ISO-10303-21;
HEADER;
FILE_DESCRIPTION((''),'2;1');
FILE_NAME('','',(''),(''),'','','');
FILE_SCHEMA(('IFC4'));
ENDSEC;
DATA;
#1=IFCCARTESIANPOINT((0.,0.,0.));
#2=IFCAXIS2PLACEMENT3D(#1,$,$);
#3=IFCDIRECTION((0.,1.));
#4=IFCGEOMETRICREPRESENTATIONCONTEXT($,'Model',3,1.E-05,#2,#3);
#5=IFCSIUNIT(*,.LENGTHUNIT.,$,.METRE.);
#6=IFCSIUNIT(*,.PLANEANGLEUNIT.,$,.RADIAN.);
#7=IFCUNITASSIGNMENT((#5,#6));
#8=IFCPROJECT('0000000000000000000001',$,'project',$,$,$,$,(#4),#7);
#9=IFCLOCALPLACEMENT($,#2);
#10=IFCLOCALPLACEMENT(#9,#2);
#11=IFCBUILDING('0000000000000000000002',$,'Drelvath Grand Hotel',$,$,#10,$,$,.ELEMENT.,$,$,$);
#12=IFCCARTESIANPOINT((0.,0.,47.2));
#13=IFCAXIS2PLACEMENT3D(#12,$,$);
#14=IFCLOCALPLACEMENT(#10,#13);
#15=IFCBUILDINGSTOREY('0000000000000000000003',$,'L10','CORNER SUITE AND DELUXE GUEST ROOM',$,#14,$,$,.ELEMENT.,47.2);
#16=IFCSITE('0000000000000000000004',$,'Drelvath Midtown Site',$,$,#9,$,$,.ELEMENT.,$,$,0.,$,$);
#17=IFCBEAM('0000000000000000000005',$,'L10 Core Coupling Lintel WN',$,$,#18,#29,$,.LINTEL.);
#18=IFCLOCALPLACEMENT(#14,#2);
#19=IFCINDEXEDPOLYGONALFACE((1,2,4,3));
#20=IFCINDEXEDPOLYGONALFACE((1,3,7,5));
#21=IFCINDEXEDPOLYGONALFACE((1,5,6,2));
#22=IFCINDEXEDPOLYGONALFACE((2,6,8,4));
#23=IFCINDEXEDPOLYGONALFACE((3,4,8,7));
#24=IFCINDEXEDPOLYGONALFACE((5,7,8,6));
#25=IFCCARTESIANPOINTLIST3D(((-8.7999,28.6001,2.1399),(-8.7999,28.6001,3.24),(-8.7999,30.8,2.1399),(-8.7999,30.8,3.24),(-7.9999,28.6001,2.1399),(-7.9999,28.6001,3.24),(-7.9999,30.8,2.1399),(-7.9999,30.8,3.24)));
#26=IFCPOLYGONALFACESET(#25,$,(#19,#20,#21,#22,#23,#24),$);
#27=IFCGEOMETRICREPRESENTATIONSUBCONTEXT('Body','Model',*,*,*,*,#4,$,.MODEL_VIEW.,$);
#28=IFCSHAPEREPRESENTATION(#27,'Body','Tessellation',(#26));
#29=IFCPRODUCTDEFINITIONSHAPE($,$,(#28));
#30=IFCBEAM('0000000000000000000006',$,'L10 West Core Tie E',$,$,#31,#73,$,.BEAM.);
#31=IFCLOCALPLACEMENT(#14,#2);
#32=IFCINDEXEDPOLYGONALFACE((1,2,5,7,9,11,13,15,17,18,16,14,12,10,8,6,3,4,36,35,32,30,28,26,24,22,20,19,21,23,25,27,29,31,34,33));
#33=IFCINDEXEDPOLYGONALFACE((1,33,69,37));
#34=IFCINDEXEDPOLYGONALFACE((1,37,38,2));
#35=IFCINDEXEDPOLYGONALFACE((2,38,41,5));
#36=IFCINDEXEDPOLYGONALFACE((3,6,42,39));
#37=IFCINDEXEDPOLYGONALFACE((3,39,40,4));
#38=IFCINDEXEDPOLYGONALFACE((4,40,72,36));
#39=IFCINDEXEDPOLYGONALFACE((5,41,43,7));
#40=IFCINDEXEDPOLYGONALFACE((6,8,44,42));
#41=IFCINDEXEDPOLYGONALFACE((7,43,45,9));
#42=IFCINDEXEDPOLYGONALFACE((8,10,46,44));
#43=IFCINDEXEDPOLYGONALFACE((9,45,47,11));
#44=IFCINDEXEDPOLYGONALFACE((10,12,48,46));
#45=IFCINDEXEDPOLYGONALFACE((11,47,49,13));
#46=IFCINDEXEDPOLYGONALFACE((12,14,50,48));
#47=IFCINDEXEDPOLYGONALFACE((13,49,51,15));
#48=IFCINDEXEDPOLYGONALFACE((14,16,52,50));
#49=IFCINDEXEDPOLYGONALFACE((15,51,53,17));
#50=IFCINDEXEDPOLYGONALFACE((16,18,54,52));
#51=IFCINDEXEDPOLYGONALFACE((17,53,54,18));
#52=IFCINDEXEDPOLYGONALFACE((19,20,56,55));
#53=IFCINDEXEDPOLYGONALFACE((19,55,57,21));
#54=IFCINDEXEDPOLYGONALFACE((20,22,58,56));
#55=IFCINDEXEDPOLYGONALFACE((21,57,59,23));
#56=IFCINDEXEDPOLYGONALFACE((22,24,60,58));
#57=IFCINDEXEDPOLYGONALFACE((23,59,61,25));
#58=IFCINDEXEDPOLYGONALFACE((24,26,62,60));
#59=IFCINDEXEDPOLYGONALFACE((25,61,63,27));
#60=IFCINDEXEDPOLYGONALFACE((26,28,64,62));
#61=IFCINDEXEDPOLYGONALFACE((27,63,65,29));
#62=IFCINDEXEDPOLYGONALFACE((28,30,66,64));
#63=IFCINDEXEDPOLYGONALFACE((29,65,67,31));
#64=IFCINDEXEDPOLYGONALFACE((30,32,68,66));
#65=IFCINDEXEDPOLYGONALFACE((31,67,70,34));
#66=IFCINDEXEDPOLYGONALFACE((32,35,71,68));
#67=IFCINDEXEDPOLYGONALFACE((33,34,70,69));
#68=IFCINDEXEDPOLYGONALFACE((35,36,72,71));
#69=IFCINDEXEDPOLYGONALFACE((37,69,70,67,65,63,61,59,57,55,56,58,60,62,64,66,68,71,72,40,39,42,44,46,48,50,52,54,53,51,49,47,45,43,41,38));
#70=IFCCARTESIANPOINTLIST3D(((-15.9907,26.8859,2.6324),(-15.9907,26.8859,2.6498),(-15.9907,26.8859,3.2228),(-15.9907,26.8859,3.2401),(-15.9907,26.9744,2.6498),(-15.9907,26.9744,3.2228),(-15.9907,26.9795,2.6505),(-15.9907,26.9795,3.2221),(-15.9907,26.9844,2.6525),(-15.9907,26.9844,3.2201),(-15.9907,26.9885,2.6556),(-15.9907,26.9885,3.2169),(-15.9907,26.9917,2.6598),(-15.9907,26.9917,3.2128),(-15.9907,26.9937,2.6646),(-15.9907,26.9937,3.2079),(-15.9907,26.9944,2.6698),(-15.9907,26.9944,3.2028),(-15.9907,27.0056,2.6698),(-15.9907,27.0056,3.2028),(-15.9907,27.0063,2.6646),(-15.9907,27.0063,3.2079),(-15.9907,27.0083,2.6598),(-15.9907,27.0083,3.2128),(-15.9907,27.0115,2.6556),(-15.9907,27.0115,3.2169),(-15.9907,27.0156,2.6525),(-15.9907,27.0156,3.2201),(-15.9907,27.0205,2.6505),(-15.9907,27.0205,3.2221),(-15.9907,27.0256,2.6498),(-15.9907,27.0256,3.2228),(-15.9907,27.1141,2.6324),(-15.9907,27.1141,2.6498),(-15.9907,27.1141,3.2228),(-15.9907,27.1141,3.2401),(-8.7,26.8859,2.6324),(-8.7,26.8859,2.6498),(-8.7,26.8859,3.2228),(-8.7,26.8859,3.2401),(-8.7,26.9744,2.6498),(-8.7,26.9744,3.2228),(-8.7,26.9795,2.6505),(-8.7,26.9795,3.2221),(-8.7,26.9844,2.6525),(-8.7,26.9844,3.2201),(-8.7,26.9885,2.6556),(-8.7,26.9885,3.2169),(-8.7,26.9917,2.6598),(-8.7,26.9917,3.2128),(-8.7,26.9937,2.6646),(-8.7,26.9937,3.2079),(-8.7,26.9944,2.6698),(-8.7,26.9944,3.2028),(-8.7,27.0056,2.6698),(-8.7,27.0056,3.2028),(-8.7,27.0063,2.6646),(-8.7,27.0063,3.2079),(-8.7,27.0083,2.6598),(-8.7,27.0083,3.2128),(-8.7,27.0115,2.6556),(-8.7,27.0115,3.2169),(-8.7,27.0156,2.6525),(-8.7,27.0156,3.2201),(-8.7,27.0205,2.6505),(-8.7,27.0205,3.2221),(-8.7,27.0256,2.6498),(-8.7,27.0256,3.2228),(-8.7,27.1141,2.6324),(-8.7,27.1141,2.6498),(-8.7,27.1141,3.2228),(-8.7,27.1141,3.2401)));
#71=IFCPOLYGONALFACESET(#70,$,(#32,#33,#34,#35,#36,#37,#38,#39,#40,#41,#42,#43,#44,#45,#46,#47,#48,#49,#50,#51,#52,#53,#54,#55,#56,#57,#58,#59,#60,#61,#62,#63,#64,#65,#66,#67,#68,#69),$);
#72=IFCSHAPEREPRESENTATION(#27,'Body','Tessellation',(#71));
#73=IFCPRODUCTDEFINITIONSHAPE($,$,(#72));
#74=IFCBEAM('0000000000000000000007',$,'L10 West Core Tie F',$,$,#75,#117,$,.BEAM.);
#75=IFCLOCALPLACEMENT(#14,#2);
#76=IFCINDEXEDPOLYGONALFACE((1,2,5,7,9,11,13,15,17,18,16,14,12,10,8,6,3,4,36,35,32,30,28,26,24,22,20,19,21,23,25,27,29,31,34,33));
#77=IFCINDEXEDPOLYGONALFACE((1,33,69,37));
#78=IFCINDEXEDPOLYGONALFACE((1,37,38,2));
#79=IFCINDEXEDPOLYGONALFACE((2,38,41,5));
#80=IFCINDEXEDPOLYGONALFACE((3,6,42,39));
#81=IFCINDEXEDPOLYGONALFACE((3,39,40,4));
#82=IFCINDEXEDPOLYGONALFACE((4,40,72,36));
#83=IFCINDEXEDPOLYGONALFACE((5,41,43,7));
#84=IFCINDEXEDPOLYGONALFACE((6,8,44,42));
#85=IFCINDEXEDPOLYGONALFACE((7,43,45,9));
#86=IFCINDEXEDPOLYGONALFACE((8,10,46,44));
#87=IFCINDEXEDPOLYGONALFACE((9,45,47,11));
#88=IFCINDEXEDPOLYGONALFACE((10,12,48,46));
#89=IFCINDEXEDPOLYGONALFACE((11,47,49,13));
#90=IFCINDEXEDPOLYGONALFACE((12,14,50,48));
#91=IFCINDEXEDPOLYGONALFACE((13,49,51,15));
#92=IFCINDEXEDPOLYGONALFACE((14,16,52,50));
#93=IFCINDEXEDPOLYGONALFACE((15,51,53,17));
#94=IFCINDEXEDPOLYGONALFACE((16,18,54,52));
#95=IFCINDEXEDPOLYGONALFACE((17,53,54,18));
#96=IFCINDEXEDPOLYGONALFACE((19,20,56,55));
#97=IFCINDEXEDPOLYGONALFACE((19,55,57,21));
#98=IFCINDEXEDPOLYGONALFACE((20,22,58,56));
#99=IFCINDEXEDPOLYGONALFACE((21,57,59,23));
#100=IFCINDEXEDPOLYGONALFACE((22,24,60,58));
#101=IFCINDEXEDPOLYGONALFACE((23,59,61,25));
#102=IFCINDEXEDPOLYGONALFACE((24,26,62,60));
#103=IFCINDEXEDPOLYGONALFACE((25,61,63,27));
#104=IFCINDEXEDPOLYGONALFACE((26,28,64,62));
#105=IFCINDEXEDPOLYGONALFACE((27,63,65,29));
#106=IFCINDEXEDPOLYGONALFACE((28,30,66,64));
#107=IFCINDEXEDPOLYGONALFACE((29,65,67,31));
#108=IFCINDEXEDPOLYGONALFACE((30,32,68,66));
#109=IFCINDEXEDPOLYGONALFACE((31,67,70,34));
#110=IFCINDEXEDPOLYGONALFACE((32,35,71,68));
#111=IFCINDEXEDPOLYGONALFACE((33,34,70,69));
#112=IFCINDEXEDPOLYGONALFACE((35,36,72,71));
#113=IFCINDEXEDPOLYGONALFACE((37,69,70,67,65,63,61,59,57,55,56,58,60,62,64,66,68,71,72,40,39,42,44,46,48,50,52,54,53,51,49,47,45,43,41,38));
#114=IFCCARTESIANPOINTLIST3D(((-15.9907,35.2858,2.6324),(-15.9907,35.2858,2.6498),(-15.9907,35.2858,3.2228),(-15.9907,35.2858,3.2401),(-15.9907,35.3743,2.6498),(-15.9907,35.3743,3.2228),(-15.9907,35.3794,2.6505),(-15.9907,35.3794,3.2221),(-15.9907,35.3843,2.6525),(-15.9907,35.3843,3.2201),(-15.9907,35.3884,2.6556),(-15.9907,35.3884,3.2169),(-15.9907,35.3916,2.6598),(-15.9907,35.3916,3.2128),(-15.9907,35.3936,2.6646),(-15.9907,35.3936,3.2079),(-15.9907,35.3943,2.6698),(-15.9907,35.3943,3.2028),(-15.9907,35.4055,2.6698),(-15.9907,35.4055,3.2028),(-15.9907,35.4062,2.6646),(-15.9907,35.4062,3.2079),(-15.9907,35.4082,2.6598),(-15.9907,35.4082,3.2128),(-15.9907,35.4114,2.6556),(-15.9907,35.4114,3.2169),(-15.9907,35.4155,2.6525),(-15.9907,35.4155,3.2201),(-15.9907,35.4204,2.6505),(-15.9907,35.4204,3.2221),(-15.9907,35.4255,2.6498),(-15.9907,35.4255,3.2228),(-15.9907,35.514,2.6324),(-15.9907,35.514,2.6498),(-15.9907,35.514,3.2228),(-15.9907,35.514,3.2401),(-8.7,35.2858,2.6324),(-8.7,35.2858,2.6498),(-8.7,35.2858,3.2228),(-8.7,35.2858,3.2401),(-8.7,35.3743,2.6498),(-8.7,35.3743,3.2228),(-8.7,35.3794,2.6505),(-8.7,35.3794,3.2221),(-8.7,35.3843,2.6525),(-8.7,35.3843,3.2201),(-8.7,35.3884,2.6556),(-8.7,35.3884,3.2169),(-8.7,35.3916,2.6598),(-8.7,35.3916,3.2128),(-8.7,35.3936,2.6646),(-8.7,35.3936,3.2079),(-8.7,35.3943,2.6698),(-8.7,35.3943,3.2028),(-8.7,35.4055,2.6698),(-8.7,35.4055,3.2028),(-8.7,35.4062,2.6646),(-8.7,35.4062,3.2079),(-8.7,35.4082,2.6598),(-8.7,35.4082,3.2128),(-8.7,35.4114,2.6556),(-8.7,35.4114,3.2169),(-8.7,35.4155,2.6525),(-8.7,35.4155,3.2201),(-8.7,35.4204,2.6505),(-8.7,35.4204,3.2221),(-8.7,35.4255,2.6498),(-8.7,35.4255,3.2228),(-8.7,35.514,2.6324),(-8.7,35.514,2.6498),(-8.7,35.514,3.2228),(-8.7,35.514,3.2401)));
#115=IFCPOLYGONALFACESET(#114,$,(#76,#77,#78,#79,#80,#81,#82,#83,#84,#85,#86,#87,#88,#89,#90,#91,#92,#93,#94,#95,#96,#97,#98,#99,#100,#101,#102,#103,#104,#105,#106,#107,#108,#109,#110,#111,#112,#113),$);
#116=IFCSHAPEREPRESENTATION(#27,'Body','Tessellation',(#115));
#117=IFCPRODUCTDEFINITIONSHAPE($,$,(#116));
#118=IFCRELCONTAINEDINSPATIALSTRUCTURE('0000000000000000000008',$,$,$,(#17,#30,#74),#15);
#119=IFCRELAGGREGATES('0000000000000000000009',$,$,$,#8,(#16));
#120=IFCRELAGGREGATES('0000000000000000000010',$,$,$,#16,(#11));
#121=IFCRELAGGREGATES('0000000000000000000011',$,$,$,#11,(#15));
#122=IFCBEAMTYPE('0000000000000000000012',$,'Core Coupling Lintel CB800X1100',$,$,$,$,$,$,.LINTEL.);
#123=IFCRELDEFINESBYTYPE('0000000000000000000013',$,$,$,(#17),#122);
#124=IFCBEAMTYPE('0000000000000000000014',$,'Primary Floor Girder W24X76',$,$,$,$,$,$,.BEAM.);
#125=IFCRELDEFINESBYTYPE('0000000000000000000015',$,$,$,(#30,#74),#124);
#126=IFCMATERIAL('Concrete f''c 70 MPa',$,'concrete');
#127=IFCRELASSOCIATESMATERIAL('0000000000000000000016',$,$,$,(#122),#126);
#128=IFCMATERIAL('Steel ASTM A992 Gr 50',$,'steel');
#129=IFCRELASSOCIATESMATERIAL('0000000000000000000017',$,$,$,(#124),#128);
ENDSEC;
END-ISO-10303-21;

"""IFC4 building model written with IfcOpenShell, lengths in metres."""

from ifc_helpers import new_model, si_unit, direction, frame, origin, origin_2d, place, context, subcontext, project, spatial, rectangle, i_section, extrude, material, material_profile, profile_set, type_object, element, save


model = new_model("IFC4")

# Units and contexts
model_context = context("Model", 3, precision=1e-05, world=origin(), true_north=direction((0.0, 1.0)))
body_context = subcontext(model_context, "Body", "Model", "MODEL_VIEW")
ifc_project = project(units=[si_unit("LENGTHUNIT", "METRE"), si_unit("PLANEANGLEUNIT", "RADIAN")], contexts=[model_context])

# Site, building, storey
site_placement = place(None, origin())
site = spatial("IfcSite", under=ifc_project, at=site_placement, Name="Drelvath Midtown Site", CompositionType="ELEMENT", RefElevation=0.0)
building_placement = place(site_placement, origin())
building = spatial("IfcBuilding", under=site, at=building_placement, Name="Drelvath Grand Hotel", CompositionType="ELEMENT")
storey_placement = place(building_placement, frame((0.0, 0.0, 47.2)))
storey = spatial("IfcBuildingStorey", under=building, at=storey_placement, Name="L10", Description="CORNER SUITE AND DELUXE GUEST ROOM", CompositionType="ELEMENT", Elevation=47.2)

# Beams
ifc_material_1 = material(Name="Concrete f'c 70 MPa", Category="concrete")
ifc_material_profile_1 = material_profile(ifc_material_1, rectangle(XDim=0.8, YDim=1.1001, at=origin_2d()), Name="CB800X1100")
ifc_profile_set_1 = profile_set([ifc_material_profile_1], Name="Concrete f'c 70 MPa")
beam_type_1 = type_object("IfcBeamType", Name="Core Coupling Lintel CB800X1100", PredefinedType="LINTEL", material=ifc_profile_set_1)
beam_placement = place(storey_placement, frame((-8.3999, 28.6001, 2.6899), z_axis=(0.0, 1.0, 0.0), x_axis=(-1.0, 0.0, 0.0)))
element("IfcBeam", 1, at=beam_placement, inside=storey, type_object=beam_type_1, Name="L10 Core Coupling Lintel WN", PredefinedType="LINTEL", context=body_context, shape_type="SweptSolid", body=[
    extrude(rectangle(XDim=0.8, YDim=1.1001, at=origin_2d()), origin(), (0.0, 0.0, 1.0), 2.2),
])
ifc_material_2 = material(Name="Steel ASTM A992 Gr 50", Category="steel")
ifc_material_profile_2 = material_profile(ifc_material_2, i_section(OverallWidth=0.2283, OverallDepth=0.6077, WebThickness=0.0112, FlangeThickness=0.0173, FilletRadius=0.02, at=origin_2d()), Name="W24X76")
ifc_profile_set_2 = profile_set([ifc_material_profile_2], Name="Steel ASTM A992 Gr 50")
beam_type_2 = type_object("IfcBeamType", Name="Primary Floor Girder W24X76", PredefinedType="BEAM", material=ifc_profile_set_2)
for number, where, z_axis, x_axis, name in (
    (2, (-15.9907, 27.0, 2.9363), (1.0, 0.0, 0.0), (0.0, 1.0, 0.0), "L10 West Core Tie E"),
    (3, (-15.9907, 35.3999, 2.9363), (1.0, 0.0, 0.0), (0.0, 1.0, 0.0), "L10 West Core Tie F"),
):
    element("IfcBeam", number, at=place(storey_placement, frame(where, z_axis=z_axis, x_axis=x_axis)), inside=storey, type_object=beam_type_2, Name=name, PredefinedType="BEAM", context=body_context, shape_type="SweptSolid", body=[
        extrude(i_section(OverallWidth=0.2283, OverallDepth=0.6077, WebThickness=0.0112, FlangeThickness=0.0173, FilletRadius=0.02, at=origin_2d()), origin(), (0.0, 0.0, 1.0), 7.2908),
    ])

save(model, "model.ifc")
